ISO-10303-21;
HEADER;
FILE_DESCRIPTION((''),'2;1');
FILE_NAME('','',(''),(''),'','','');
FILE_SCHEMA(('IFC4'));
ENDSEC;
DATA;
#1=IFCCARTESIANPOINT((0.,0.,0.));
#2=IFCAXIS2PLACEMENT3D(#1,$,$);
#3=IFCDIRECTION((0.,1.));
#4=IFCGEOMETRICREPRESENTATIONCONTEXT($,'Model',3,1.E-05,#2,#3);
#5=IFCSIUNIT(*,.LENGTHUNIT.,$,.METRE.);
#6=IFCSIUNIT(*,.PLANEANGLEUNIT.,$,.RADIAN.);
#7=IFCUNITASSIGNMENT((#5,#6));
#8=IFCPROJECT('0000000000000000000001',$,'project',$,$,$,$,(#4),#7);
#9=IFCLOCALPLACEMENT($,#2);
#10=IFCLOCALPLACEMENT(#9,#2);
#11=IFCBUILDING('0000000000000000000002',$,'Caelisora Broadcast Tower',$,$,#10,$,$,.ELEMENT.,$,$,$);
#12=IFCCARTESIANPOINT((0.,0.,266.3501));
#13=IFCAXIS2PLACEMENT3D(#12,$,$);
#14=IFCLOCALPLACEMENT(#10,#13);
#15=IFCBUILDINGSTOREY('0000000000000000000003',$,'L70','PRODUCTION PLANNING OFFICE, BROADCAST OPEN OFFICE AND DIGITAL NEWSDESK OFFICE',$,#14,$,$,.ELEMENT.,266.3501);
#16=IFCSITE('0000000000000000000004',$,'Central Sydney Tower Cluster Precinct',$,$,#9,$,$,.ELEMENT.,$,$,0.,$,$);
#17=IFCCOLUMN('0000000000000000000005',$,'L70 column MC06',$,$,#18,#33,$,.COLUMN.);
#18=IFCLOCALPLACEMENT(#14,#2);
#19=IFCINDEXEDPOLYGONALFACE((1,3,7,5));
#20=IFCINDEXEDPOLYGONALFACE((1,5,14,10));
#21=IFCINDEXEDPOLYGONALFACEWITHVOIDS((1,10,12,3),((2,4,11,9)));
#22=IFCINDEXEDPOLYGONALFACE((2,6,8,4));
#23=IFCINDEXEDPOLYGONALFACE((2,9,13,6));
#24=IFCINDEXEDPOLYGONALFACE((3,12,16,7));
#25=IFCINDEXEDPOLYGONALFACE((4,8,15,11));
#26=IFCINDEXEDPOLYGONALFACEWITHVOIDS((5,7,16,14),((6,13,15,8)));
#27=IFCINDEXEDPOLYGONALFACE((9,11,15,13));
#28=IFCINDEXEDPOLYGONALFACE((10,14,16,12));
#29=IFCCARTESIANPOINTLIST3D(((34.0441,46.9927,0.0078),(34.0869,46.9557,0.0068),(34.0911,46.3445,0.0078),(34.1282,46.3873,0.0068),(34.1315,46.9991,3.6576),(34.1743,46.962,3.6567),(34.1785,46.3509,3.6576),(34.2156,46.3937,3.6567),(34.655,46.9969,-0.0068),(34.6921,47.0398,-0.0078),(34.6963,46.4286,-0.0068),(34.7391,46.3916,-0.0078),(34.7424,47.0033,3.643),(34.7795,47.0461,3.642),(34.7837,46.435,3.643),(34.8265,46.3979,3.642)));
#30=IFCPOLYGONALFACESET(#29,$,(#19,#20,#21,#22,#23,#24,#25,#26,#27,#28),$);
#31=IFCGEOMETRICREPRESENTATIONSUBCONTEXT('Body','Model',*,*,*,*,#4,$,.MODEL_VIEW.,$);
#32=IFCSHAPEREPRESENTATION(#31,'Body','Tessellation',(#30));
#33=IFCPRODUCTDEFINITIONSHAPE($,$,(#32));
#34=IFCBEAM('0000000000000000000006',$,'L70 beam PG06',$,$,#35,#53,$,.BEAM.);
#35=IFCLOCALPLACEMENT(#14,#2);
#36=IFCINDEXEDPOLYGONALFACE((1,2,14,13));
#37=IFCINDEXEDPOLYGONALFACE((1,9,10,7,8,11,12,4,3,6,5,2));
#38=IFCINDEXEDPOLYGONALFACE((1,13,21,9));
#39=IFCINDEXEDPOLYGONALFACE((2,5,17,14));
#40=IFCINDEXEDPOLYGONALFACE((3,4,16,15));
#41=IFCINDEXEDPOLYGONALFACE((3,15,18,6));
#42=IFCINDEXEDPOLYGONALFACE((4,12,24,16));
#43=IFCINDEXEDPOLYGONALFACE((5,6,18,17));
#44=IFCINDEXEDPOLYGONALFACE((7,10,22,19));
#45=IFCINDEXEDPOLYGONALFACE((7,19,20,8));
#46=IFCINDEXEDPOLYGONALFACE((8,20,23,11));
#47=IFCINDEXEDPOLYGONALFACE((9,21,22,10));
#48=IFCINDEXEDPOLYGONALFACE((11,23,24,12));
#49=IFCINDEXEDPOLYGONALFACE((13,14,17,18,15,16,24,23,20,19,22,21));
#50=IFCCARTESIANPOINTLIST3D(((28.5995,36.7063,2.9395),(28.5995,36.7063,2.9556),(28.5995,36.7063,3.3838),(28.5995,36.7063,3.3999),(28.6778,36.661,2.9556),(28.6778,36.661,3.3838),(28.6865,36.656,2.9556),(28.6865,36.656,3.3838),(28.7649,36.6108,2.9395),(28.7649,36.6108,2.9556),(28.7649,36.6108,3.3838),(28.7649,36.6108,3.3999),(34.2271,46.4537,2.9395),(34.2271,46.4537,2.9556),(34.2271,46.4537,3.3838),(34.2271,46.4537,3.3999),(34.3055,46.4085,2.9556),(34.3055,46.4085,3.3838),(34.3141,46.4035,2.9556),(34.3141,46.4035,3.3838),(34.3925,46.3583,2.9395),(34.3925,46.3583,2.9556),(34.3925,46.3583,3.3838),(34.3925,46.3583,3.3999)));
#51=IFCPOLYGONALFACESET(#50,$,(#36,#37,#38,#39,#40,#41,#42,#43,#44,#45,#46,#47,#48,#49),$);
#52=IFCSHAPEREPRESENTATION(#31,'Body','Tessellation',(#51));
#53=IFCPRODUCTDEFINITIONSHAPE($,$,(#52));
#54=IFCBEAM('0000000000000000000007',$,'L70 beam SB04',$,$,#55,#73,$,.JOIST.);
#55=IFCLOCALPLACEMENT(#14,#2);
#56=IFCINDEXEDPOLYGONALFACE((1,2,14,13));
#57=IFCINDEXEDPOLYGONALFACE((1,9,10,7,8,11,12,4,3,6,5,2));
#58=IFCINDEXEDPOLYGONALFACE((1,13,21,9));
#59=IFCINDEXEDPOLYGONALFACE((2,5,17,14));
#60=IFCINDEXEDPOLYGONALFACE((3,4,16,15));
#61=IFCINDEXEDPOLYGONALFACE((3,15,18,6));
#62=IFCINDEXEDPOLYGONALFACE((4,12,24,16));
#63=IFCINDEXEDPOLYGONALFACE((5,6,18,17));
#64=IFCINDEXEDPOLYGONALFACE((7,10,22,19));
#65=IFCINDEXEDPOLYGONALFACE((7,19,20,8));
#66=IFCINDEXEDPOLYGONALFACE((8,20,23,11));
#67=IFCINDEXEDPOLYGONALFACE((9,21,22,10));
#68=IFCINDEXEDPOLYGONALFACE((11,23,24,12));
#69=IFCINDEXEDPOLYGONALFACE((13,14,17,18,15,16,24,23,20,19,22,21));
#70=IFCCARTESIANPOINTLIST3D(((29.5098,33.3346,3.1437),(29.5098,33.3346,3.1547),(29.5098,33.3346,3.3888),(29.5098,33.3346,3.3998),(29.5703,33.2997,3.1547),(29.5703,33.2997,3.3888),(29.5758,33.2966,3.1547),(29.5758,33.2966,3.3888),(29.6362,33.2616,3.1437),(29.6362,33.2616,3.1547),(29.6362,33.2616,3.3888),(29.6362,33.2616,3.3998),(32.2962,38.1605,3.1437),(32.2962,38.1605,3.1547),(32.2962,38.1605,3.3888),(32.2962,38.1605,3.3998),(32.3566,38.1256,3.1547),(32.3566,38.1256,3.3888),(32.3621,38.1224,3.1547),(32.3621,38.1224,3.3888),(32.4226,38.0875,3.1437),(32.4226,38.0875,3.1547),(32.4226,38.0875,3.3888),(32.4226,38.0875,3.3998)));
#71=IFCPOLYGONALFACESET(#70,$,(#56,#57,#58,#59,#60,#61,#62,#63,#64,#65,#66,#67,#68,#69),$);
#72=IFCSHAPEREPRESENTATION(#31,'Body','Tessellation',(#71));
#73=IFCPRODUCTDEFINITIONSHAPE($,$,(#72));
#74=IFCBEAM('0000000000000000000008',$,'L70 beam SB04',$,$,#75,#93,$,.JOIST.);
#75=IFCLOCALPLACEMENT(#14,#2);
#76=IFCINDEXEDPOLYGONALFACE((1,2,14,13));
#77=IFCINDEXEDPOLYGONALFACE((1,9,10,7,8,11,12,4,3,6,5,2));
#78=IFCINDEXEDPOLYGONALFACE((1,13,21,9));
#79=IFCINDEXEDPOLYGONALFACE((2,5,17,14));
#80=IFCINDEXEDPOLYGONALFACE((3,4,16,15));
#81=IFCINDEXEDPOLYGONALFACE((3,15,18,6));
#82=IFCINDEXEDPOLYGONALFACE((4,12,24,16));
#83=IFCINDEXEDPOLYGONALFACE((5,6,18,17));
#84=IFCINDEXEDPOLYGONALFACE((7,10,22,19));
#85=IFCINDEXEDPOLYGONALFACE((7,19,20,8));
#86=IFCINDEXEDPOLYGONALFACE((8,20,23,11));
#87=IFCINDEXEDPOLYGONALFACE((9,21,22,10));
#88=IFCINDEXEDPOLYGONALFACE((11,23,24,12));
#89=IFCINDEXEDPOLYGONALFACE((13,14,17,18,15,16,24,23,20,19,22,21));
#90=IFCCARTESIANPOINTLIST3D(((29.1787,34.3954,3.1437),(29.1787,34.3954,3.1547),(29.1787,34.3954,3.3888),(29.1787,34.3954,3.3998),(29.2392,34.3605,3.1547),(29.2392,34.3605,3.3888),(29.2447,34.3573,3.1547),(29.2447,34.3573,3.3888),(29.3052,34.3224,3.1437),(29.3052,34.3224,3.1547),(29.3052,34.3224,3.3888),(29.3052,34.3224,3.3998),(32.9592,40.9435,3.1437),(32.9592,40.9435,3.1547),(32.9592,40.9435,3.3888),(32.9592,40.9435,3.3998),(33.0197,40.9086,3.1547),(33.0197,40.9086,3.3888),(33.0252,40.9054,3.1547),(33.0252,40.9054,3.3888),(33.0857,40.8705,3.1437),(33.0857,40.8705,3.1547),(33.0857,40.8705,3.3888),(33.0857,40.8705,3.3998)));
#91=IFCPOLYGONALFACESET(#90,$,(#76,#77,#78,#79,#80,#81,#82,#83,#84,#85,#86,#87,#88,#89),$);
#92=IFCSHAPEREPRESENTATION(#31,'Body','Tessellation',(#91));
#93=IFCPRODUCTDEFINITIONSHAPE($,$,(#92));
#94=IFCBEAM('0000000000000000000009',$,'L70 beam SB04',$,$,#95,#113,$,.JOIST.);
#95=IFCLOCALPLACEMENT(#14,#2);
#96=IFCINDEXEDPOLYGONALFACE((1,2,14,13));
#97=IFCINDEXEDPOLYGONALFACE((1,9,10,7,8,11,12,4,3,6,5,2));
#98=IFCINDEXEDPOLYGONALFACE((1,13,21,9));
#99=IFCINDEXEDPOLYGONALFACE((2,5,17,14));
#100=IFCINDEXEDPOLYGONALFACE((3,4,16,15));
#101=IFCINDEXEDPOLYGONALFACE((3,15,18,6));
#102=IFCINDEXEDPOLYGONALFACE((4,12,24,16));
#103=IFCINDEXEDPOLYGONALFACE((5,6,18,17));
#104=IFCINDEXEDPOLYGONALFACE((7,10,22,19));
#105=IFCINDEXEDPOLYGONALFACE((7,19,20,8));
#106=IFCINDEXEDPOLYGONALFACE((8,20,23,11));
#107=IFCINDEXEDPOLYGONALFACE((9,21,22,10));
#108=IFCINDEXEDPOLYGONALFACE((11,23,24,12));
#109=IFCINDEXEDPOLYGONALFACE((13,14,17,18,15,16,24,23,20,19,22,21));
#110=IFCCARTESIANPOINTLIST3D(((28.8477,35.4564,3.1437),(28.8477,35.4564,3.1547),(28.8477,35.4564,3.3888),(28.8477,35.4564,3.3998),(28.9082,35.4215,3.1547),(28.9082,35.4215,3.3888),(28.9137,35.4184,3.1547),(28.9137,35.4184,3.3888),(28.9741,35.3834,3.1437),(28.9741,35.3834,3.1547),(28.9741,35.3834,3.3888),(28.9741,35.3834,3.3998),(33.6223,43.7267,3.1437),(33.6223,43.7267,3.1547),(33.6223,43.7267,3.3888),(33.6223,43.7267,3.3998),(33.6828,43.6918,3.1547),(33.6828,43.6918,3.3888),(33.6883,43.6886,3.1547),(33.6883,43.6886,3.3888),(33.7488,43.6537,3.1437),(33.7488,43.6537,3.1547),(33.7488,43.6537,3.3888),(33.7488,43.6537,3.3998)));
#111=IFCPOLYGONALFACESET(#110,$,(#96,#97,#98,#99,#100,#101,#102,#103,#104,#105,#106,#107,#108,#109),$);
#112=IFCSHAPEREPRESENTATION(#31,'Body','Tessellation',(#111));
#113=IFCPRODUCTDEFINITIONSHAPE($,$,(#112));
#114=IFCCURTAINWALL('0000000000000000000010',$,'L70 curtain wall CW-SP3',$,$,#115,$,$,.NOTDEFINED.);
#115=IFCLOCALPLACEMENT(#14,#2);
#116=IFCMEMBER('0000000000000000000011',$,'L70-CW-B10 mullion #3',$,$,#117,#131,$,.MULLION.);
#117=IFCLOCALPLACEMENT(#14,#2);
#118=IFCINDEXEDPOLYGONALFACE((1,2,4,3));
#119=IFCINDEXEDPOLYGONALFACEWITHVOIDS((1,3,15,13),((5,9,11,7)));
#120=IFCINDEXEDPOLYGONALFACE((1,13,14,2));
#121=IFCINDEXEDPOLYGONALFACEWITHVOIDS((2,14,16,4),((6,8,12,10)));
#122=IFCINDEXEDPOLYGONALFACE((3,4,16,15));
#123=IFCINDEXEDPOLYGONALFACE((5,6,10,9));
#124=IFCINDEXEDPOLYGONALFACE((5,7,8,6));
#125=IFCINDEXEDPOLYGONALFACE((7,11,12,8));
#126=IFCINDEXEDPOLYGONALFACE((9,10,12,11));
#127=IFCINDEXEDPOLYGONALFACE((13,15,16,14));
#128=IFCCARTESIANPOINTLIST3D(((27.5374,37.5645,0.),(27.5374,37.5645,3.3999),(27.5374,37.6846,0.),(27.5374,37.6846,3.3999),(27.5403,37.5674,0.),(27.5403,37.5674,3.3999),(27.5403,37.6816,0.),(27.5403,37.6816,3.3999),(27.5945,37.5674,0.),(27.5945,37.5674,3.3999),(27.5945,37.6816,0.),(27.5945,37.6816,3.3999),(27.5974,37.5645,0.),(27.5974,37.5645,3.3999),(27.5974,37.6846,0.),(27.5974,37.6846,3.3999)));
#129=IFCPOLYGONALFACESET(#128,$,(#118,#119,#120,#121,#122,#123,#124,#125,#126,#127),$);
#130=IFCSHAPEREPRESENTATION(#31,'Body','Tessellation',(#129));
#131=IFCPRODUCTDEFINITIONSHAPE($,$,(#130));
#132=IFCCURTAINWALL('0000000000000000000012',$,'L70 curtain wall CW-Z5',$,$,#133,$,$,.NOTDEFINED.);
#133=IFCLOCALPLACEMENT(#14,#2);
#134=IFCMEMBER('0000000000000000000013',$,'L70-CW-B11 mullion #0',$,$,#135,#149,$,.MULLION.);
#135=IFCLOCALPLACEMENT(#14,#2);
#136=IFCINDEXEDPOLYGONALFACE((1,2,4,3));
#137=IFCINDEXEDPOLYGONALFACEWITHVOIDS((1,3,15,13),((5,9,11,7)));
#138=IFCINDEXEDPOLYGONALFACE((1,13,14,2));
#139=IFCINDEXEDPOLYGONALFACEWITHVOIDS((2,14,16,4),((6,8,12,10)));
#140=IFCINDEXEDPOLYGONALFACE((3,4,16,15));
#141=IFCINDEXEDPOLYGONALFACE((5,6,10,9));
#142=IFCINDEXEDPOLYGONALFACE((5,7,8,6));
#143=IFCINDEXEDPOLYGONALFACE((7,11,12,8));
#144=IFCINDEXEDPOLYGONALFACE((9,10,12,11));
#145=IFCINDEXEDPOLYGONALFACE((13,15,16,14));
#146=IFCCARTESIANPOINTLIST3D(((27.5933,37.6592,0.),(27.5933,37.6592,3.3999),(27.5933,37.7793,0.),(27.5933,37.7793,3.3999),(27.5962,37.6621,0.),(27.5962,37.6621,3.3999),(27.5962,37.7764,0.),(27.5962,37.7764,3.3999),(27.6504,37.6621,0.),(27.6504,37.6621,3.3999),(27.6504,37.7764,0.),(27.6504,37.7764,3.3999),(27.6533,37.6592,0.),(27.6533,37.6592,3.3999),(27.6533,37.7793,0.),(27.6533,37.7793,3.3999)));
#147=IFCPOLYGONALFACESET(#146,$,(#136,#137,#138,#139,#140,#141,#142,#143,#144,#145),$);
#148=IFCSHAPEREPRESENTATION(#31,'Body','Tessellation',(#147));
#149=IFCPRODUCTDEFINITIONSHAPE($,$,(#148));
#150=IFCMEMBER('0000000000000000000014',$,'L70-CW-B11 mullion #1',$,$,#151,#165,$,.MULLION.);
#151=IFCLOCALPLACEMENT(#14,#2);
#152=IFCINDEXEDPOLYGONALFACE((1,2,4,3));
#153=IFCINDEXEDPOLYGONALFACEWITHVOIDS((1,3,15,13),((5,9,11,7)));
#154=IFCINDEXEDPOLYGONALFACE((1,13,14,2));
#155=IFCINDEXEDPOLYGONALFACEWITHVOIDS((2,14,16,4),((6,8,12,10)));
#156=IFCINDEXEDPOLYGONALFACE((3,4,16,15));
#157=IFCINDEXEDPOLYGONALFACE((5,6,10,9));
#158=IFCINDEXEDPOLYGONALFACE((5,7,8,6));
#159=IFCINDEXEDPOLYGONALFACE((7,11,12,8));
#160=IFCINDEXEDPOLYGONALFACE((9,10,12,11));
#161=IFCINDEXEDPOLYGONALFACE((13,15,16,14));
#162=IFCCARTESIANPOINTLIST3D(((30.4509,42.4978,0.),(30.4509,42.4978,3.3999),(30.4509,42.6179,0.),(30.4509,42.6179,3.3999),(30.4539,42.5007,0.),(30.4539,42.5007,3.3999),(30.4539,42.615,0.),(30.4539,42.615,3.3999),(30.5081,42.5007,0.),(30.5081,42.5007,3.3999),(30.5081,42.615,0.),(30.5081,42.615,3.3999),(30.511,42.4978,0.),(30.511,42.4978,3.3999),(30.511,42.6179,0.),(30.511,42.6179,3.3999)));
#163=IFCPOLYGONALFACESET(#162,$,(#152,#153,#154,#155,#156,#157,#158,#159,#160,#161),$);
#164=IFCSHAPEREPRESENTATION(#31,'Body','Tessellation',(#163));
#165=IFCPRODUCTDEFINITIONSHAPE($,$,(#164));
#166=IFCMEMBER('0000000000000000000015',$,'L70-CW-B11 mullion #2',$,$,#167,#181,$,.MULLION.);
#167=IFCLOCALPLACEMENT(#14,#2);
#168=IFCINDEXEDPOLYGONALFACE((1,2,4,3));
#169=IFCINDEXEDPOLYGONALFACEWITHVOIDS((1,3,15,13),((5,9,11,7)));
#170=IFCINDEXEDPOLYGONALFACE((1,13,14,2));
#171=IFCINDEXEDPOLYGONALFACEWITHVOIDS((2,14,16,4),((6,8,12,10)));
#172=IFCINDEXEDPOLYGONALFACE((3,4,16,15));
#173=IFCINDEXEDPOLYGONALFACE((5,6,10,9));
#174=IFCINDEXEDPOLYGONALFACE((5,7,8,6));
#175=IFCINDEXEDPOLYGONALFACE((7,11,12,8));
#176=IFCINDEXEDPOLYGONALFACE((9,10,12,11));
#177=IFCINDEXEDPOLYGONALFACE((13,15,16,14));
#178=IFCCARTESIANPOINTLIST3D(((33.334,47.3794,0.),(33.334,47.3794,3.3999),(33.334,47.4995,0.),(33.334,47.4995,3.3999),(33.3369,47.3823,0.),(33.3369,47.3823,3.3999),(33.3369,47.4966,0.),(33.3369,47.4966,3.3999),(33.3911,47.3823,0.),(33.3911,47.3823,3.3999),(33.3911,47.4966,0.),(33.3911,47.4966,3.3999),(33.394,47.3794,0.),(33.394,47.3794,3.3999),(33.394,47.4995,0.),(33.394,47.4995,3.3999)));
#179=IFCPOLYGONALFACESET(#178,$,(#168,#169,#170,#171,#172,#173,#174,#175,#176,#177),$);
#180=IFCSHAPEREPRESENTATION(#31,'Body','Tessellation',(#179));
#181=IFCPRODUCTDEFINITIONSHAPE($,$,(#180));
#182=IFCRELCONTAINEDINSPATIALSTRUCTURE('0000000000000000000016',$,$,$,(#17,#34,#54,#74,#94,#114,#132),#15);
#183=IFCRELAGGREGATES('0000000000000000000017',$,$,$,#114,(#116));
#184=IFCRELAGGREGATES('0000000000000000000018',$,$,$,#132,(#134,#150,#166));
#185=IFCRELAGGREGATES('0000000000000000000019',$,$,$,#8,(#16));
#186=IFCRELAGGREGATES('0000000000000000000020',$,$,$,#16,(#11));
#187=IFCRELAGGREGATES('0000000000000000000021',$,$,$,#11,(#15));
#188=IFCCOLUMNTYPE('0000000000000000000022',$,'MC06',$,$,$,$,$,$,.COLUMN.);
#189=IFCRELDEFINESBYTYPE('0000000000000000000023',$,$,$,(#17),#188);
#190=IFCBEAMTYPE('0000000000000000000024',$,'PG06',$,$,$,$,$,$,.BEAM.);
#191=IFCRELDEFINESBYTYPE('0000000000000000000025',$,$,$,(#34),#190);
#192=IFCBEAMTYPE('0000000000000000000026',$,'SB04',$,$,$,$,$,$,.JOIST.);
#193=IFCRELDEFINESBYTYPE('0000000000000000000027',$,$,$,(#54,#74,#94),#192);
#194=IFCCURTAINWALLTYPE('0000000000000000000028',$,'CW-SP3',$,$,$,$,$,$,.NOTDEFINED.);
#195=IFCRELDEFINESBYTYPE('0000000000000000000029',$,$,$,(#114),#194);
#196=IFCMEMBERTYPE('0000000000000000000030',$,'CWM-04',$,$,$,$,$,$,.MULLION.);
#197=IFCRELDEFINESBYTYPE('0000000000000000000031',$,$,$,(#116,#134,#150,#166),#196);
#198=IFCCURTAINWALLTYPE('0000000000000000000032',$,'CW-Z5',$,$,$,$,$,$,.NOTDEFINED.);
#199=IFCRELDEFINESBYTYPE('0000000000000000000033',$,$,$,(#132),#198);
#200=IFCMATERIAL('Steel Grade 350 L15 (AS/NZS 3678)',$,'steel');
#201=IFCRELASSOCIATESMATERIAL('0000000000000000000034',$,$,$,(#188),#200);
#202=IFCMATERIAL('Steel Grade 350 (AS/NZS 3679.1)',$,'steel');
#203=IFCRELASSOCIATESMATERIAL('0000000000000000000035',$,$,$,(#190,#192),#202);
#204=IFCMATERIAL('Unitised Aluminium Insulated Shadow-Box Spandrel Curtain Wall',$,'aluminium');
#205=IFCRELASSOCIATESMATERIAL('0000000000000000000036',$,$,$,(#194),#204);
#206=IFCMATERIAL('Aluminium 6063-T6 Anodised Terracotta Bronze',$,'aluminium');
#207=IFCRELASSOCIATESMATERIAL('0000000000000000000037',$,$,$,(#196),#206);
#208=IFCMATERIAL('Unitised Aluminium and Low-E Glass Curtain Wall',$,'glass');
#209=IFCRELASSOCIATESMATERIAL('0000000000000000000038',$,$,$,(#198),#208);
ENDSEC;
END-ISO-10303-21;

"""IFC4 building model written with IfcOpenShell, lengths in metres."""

from ifc_helpers import new_model, si_unit, direction, frame, origin, origin_2d, place, context, subcontext, project, spatial, hollow_rectangle, i_section, extrude, source, transform, mapped, material, material_profile, profile_set, type_object, type_shapes, element, aggregate, save


model = new_model("IFC4")

# Units and contexts
model_context = context("Model", 3, precision=1e-05, world=origin(), true_north=direction((0.0, 1.0)))
body_context = subcontext(model_context, "Body", "Model", "MODEL_VIEW")
ifc_project = project(units=[si_unit("LENGTHUNIT", "METRE"), si_unit("PLANEANGLEUNIT", "RADIAN")], contexts=[model_context])

# Site, building, storey
site_placement = place(None, origin())
site = spatial("IfcSite", under=ifc_project, at=site_placement, Name="Central Sydney Tower Cluster Precinct", CompositionType="ELEMENT", RefElevation=0.0)
building_placement = place(site_placement, origin())
building = spatial("IfcBuilding", under=site, at=building_placement, Name="Caelisora Broadcast Tower", CompositionType="ELEMENT")
storey_placement = place(building_placement, frame((0.0, 0.0, 266.3501)))
storey = spatial("IfcBuildingStorey", under=building, at=storey_placement, Name="L70", Description="PRODUCTION PLANNING OFFICE, BROADCAST OPEN OFFICE AND DIGITAL NEWSDESK OFFICE", CompositionType="ELEMENT", Elevation=266.3501)

# Column
ifc_material_1 = material(Name="Steel Grade 350 L15 (AS/NZS 3678)", Category="steel")
ifc_material_profile_1 = material_profile(ifc_material_1, hollow_rectangle(XDim=0.6499, YDim=0.6499, WallThickness=0.04, at=origin_2d()), Name="Steel Grade 350 L15 (AS/NZS 3678)")
ifc_profile_set_1 = profile_set([ifc_material_profile_1], Name="Steel Grade 350 L15 (AS/NZS 3678)")
column_type = type_object("IfcColumnType", Name="MC06", PredefinedType="COLUMN", material=ifc_profile_set_1)
shared_shape_1 = source(origin(), body_context, "Body", "SweptSolid", [
    extrude(hollow_rectangle(XDim=0.6499, YDim=0.6499, WallThickness=0.04, at=origin_2d()), origin(), (0.0, 0.0, 1.0), 3.6509),
])
type_shapes(column_type, [shared_shape_1])
column_placement = place(storey_placement, frame((34.3916, 46.6921, 0.0), z_axis=(0.02394, 0.001739, 0.999712), x_axis=(-0.072435, 0.997373, 0.0)))
element("IfcColumn", 1, at=column_placement, inside=storey, type_object=column_type, Name="L70 column MC06", PredefinedType="COLUMN", context=body_context, shape_type="MappedRepresentation", body=[
    mapped(shared_shape_1, transform((0.0, 0.0, 0.0), scale=1.0)),
])

# Beams
ifc_material_2 = material(Name="Steel Grade 350 (AS/NZS 3679.1)", Category="steel")
ifc_material_profile_2 = material_profile(ifc_material_2, i_section(OverallWidth=0.1909, OverallDepth=0.4604, WebThickness=0.01, FlangeThickness=0.0161, at=origin_2d()), Name="Steel Grade 350 (AS/NZS 3679.1)")
ifc_profile_set_2 = profile_set([ifc_material_profile_2], Name="Steel Grade 350 (AS/NZS 3679.1)")
beam_type_1 = type_object("IfcBeamType", Name="PG06", PredefinedType="BEAM", material=ifc_profile_set_2)
shared_shape_2 = source(origin(), body_context, "Body", "SweptSolid", [
    extrude(i_section(OverallWidth=0.1909, OverallDepth=0.4604, WebThickness=0.01, FlangeThickness=0.0161, at=origin_2d()), origin(), (0.0, 0.0, 1.0), 11.2554),
])
type_shapes(beam_type_1, [shared_shape_2])
beam_1_placement = place(storey_placement, frame((34.3098, 46.406, 3.1697), z_axis=(-0.499995, -0.866028, 0.0), x_axis=(0.866028, -0.499995, 0.0)))
element("IfcBeam", 2, at=beam_1_placement, inside=storey, type_object=beam_type_1, Name="L70 beam PG06", PredefinedType="BEAM", context=body_context, shape_type="MappedRepresentation", body=[
    mapped(shared_shape_2, transform((0.0, 0.0, 0.0), scale=1.0)),
])
ifc_material_profile_3 = material_profile(ifc_material_2, i_section(OverallWidth=0.146, OverallDepth=0.2561, WebThickness=0.0063, FlangeThickness=0.011, at=origin_2d()), Name="Steel Grade 350 (AS/NZS 3679.1)")
ifc_profile_set_3 = profile_set([ifc_material_profile_3], Name="Steel Grade 350 (AS/NZS 3679.1)")
beam_type_2 = type_object("IfcBeamType", Name="SB04", PredefinedType="JOIST", material=ifc_profile_set_3)
shared_shape_3 = source(origin(), body_context, "Body", "SweptSolid", [
    extrude(i_section(OverallWidth=0.146, OverallDepth=0.2561, WebThickness=0.0063, FlangeThickness=0.011, at=origin_2d()), origin(), (0.0, 0.0, 1.0), 5.5725),
])
beam_2_placement = place(storey_placement, frame((32.3594, 38.124, 3.2717), z_axis=(-0.500017, -0.866016, 0.0), x_axis=(0.866016, -0.500017, 0.0)))
element("IfcBeam", 3, at=beam_2_placement, inside=storey, type_object=beam_type_2, Name="L70 beam SB04", PredefinedType="JOIST", context=body_context, shape_type="MappedRepresentation", body=[
    mapped(shared_shape_3, transform((0.0, 0.0, 0.0), scale=1.0)),
])
shared_shape_4 = source(origin(), body_context, "Body", "SweptSolid", [
    extrude(i_section(OverallWidth=0.146, OverallDepth=0.2561, WebThickness=0.0063, FlangeThickness=0.011, at=origin_2d()), origin(), (0.0, 0.0, 1.0), 7.561),
])
beam_3_placement = place(storey_placement, frame((33.0225, 40.907, 3.2717), z_axis=(-0.499997, -0.866027, 0.0), x_axis=(0.866027, -0.499997, 0.0)))
element("IfcBeam", 4, at=beam_3_placement, inside=storey, type_object=beam_type_2, Name="L70 beam SB04", PredefinedType="JOIST", context=body_context, shape_type="MappedRepresentation", body=[
    mapped(shared_shape_4, transform((0.0, 0.0, 0.0), scale=1.0)),
])
shared_shape_5 = source(origin(), body_context, "Body", "SweptSolid", [
    extrude(i_section(OverallWidth=0.146, OverallDepth=0.2561, WebThickness=0.0063, FlangeThickness=0.011, at=origin_2d()), origin(), (0.0, 0.0, 1.0), 9.5496),
])
type_shapes(beam_type_2, [shared_shape_3, shared_shape_4, shared_shape_5])
beam_4_placement = place(storey_placement, frame((33.6855, 43.6902, 3.2717), z_axis=(-0.499986, -0.866034, 0.0), x_axis=(0.866034, -0.499986, 0.0)))
element("IfcBeam", 5, at=beam_4_placement, inside=storey, type_object=beam_type_2, Name="L70 beam SB04", PredefinedType="JOIST", context=body_context, shape_type="MappedRepresentation", body=[
    mapped(shared_shape_5, transform((0.0, 0.0, 0.0), scale=1.0)),
])

# Curtain wall, member
ifc_material_3 = material(Name="Unitised Aluminium Insulated Shadow-Box Spandrel Curtain Wall", Category="aluminium")
curtain_wall_type_1 = type_object("IfcCurtainWallType", Name="CW-SP3", PredefinedType="NOTDEFINED", material=ifc_material_3)
curtain_wall_1_placement = place(storey_placement, origin())
curtain_wall_1 = element("IfcCurtainWall", 6, at=curtain_wall_1_placement, inside=storey, type_object=curtain_wall_type_1, Name="L70 curtain wall CW-SP3", PredefinedType="NOTDEFINED")
ifc_material_4 = material(Name="Aluminium 6063-T6 Anodised Terracotta Bronze", Category="aluminium")
ifc_material_profile_4 = material_profile(ifc_material_4, hollow_rectangle(XDim=0.0601, YDim=0.1201, WallThickness=0.0029, at=origin_2d()), Name="Aluminium 6063-T6 Anodised Terracotta Bronze")
ifc_profile_set_4 = profile_set([ifc_material_profile_4], Name="Aluminium 6063-T6 Anodised Terracotta Bronze")
member_type_1 = type_object("IfcMemberType", Name="CWM-04", PredefinedType="MULLION", material=ifc_profile_set_4)
shared_shape_6 = source(origin(), body_context, "Body", "SweptSolid", [
    extrude(hollow_rectangle(XDim=0.0601, YDim=0.1201, WallThickness=0.0029, at=origin_2d()), origin(), (0.0, 0.0, 1.0), 3.3999),
])
type_shapes(member_type_1, [shared_shape_6])
member_1_placement = place(storey_placement, frame((27.5674, 37.6245, 0.0), z_axis=(0.0, 0.0, 1.0), x_axis=(1.0, 0.0, 0.0)))
member_1 = element("IfcMember", 7, at=member_1_placement, type_object=member_type_1, Name="L70-CW-B10 mullion #3", PredefinedType="MULLION", context=body_context, shape_type="MappedRepresentation", body=[
    mapped(shared_shape_6, transform((0.0, 0.0, 0.0), scale=1.0)),
])
aggregate(curtain_wall_1, [member_1])

# Curtain wall, members
ifc_material_5 = material(Name="Unitised Aluminium and Low-E Glass Curtain Wall", Category="glass")
curtain_wall_type_2 = type_object("IfcCurtainWallType", Name="CW-Z5", PredefinedType="NOTDEFINED", material=ifc_material_5)
curtain_wall_2_placement = place(storey_placement, origin())
curtain_wall_2 = element("IfcCurtainWall", 8, at=curtain_wall_2_placement, inside=storey, type_object=curtain_wall_type_2, Name="L70 curtain wall CW-Z5", PredefinedType="NOTDEFINED")
member_2_placement = place(storey_placement, frame((27.6233, 37.7192, 0.0), z_axis=(0.0, 0.0, 1.0), x_axis=(1.0, 0.0, 0.0)))
member_2 = element("IfcMember", 9, at=member_2_placement, type_object=member_type_1, Name="L70-CW-B11 mullion #0", PredefinedType="MULLION", context=body_context, shape_type="MappedRepresentation", body=[
    mapped(shared_shape_6, transform((0.0, 0.0, 0.0), scale=1.0)),
])
member_3_placement = place(storey_placement, frame((30.481, 42.5579, 0.0), z_axis=(0.0, 0.0, 1.0), x_axis=(1.0, 0.0, 0.0)))
member_3 = element("IfcMember", 10, at=member_3_placement, type_object=member_type_1, Name="L70-CW-B11 mullion #1", PredefinedType="MULLION", context=body_context, shape_type="MappedRepresentation", body=[
    mapped(shared_shape_6, transform((0.0, 0.0, 0.0), scale=1.0)),
])
member_4_placement = place(storey_placement, frame((33.364, 47.4395, 0.0), z_axis=(0.0, 0.0, 1.0), x_axis=(1.0, 0.0, 0.0)))
member_4 = element("IfcMember", 11, at=member_4_placement, type_object=member_type_1, Name="L70-CW-B11 mullion #2", PredefinedType="MULLION", context=body_context, shape_type="MappedRepresentation", body=[
    mapped(shared_shape_6, transform((0.0, 0.0, 0.0), scale=1.0)),
])
aggregate(curtain_wall_2, [member_2, member_3, member_4])

save(model, "model.ifc")
